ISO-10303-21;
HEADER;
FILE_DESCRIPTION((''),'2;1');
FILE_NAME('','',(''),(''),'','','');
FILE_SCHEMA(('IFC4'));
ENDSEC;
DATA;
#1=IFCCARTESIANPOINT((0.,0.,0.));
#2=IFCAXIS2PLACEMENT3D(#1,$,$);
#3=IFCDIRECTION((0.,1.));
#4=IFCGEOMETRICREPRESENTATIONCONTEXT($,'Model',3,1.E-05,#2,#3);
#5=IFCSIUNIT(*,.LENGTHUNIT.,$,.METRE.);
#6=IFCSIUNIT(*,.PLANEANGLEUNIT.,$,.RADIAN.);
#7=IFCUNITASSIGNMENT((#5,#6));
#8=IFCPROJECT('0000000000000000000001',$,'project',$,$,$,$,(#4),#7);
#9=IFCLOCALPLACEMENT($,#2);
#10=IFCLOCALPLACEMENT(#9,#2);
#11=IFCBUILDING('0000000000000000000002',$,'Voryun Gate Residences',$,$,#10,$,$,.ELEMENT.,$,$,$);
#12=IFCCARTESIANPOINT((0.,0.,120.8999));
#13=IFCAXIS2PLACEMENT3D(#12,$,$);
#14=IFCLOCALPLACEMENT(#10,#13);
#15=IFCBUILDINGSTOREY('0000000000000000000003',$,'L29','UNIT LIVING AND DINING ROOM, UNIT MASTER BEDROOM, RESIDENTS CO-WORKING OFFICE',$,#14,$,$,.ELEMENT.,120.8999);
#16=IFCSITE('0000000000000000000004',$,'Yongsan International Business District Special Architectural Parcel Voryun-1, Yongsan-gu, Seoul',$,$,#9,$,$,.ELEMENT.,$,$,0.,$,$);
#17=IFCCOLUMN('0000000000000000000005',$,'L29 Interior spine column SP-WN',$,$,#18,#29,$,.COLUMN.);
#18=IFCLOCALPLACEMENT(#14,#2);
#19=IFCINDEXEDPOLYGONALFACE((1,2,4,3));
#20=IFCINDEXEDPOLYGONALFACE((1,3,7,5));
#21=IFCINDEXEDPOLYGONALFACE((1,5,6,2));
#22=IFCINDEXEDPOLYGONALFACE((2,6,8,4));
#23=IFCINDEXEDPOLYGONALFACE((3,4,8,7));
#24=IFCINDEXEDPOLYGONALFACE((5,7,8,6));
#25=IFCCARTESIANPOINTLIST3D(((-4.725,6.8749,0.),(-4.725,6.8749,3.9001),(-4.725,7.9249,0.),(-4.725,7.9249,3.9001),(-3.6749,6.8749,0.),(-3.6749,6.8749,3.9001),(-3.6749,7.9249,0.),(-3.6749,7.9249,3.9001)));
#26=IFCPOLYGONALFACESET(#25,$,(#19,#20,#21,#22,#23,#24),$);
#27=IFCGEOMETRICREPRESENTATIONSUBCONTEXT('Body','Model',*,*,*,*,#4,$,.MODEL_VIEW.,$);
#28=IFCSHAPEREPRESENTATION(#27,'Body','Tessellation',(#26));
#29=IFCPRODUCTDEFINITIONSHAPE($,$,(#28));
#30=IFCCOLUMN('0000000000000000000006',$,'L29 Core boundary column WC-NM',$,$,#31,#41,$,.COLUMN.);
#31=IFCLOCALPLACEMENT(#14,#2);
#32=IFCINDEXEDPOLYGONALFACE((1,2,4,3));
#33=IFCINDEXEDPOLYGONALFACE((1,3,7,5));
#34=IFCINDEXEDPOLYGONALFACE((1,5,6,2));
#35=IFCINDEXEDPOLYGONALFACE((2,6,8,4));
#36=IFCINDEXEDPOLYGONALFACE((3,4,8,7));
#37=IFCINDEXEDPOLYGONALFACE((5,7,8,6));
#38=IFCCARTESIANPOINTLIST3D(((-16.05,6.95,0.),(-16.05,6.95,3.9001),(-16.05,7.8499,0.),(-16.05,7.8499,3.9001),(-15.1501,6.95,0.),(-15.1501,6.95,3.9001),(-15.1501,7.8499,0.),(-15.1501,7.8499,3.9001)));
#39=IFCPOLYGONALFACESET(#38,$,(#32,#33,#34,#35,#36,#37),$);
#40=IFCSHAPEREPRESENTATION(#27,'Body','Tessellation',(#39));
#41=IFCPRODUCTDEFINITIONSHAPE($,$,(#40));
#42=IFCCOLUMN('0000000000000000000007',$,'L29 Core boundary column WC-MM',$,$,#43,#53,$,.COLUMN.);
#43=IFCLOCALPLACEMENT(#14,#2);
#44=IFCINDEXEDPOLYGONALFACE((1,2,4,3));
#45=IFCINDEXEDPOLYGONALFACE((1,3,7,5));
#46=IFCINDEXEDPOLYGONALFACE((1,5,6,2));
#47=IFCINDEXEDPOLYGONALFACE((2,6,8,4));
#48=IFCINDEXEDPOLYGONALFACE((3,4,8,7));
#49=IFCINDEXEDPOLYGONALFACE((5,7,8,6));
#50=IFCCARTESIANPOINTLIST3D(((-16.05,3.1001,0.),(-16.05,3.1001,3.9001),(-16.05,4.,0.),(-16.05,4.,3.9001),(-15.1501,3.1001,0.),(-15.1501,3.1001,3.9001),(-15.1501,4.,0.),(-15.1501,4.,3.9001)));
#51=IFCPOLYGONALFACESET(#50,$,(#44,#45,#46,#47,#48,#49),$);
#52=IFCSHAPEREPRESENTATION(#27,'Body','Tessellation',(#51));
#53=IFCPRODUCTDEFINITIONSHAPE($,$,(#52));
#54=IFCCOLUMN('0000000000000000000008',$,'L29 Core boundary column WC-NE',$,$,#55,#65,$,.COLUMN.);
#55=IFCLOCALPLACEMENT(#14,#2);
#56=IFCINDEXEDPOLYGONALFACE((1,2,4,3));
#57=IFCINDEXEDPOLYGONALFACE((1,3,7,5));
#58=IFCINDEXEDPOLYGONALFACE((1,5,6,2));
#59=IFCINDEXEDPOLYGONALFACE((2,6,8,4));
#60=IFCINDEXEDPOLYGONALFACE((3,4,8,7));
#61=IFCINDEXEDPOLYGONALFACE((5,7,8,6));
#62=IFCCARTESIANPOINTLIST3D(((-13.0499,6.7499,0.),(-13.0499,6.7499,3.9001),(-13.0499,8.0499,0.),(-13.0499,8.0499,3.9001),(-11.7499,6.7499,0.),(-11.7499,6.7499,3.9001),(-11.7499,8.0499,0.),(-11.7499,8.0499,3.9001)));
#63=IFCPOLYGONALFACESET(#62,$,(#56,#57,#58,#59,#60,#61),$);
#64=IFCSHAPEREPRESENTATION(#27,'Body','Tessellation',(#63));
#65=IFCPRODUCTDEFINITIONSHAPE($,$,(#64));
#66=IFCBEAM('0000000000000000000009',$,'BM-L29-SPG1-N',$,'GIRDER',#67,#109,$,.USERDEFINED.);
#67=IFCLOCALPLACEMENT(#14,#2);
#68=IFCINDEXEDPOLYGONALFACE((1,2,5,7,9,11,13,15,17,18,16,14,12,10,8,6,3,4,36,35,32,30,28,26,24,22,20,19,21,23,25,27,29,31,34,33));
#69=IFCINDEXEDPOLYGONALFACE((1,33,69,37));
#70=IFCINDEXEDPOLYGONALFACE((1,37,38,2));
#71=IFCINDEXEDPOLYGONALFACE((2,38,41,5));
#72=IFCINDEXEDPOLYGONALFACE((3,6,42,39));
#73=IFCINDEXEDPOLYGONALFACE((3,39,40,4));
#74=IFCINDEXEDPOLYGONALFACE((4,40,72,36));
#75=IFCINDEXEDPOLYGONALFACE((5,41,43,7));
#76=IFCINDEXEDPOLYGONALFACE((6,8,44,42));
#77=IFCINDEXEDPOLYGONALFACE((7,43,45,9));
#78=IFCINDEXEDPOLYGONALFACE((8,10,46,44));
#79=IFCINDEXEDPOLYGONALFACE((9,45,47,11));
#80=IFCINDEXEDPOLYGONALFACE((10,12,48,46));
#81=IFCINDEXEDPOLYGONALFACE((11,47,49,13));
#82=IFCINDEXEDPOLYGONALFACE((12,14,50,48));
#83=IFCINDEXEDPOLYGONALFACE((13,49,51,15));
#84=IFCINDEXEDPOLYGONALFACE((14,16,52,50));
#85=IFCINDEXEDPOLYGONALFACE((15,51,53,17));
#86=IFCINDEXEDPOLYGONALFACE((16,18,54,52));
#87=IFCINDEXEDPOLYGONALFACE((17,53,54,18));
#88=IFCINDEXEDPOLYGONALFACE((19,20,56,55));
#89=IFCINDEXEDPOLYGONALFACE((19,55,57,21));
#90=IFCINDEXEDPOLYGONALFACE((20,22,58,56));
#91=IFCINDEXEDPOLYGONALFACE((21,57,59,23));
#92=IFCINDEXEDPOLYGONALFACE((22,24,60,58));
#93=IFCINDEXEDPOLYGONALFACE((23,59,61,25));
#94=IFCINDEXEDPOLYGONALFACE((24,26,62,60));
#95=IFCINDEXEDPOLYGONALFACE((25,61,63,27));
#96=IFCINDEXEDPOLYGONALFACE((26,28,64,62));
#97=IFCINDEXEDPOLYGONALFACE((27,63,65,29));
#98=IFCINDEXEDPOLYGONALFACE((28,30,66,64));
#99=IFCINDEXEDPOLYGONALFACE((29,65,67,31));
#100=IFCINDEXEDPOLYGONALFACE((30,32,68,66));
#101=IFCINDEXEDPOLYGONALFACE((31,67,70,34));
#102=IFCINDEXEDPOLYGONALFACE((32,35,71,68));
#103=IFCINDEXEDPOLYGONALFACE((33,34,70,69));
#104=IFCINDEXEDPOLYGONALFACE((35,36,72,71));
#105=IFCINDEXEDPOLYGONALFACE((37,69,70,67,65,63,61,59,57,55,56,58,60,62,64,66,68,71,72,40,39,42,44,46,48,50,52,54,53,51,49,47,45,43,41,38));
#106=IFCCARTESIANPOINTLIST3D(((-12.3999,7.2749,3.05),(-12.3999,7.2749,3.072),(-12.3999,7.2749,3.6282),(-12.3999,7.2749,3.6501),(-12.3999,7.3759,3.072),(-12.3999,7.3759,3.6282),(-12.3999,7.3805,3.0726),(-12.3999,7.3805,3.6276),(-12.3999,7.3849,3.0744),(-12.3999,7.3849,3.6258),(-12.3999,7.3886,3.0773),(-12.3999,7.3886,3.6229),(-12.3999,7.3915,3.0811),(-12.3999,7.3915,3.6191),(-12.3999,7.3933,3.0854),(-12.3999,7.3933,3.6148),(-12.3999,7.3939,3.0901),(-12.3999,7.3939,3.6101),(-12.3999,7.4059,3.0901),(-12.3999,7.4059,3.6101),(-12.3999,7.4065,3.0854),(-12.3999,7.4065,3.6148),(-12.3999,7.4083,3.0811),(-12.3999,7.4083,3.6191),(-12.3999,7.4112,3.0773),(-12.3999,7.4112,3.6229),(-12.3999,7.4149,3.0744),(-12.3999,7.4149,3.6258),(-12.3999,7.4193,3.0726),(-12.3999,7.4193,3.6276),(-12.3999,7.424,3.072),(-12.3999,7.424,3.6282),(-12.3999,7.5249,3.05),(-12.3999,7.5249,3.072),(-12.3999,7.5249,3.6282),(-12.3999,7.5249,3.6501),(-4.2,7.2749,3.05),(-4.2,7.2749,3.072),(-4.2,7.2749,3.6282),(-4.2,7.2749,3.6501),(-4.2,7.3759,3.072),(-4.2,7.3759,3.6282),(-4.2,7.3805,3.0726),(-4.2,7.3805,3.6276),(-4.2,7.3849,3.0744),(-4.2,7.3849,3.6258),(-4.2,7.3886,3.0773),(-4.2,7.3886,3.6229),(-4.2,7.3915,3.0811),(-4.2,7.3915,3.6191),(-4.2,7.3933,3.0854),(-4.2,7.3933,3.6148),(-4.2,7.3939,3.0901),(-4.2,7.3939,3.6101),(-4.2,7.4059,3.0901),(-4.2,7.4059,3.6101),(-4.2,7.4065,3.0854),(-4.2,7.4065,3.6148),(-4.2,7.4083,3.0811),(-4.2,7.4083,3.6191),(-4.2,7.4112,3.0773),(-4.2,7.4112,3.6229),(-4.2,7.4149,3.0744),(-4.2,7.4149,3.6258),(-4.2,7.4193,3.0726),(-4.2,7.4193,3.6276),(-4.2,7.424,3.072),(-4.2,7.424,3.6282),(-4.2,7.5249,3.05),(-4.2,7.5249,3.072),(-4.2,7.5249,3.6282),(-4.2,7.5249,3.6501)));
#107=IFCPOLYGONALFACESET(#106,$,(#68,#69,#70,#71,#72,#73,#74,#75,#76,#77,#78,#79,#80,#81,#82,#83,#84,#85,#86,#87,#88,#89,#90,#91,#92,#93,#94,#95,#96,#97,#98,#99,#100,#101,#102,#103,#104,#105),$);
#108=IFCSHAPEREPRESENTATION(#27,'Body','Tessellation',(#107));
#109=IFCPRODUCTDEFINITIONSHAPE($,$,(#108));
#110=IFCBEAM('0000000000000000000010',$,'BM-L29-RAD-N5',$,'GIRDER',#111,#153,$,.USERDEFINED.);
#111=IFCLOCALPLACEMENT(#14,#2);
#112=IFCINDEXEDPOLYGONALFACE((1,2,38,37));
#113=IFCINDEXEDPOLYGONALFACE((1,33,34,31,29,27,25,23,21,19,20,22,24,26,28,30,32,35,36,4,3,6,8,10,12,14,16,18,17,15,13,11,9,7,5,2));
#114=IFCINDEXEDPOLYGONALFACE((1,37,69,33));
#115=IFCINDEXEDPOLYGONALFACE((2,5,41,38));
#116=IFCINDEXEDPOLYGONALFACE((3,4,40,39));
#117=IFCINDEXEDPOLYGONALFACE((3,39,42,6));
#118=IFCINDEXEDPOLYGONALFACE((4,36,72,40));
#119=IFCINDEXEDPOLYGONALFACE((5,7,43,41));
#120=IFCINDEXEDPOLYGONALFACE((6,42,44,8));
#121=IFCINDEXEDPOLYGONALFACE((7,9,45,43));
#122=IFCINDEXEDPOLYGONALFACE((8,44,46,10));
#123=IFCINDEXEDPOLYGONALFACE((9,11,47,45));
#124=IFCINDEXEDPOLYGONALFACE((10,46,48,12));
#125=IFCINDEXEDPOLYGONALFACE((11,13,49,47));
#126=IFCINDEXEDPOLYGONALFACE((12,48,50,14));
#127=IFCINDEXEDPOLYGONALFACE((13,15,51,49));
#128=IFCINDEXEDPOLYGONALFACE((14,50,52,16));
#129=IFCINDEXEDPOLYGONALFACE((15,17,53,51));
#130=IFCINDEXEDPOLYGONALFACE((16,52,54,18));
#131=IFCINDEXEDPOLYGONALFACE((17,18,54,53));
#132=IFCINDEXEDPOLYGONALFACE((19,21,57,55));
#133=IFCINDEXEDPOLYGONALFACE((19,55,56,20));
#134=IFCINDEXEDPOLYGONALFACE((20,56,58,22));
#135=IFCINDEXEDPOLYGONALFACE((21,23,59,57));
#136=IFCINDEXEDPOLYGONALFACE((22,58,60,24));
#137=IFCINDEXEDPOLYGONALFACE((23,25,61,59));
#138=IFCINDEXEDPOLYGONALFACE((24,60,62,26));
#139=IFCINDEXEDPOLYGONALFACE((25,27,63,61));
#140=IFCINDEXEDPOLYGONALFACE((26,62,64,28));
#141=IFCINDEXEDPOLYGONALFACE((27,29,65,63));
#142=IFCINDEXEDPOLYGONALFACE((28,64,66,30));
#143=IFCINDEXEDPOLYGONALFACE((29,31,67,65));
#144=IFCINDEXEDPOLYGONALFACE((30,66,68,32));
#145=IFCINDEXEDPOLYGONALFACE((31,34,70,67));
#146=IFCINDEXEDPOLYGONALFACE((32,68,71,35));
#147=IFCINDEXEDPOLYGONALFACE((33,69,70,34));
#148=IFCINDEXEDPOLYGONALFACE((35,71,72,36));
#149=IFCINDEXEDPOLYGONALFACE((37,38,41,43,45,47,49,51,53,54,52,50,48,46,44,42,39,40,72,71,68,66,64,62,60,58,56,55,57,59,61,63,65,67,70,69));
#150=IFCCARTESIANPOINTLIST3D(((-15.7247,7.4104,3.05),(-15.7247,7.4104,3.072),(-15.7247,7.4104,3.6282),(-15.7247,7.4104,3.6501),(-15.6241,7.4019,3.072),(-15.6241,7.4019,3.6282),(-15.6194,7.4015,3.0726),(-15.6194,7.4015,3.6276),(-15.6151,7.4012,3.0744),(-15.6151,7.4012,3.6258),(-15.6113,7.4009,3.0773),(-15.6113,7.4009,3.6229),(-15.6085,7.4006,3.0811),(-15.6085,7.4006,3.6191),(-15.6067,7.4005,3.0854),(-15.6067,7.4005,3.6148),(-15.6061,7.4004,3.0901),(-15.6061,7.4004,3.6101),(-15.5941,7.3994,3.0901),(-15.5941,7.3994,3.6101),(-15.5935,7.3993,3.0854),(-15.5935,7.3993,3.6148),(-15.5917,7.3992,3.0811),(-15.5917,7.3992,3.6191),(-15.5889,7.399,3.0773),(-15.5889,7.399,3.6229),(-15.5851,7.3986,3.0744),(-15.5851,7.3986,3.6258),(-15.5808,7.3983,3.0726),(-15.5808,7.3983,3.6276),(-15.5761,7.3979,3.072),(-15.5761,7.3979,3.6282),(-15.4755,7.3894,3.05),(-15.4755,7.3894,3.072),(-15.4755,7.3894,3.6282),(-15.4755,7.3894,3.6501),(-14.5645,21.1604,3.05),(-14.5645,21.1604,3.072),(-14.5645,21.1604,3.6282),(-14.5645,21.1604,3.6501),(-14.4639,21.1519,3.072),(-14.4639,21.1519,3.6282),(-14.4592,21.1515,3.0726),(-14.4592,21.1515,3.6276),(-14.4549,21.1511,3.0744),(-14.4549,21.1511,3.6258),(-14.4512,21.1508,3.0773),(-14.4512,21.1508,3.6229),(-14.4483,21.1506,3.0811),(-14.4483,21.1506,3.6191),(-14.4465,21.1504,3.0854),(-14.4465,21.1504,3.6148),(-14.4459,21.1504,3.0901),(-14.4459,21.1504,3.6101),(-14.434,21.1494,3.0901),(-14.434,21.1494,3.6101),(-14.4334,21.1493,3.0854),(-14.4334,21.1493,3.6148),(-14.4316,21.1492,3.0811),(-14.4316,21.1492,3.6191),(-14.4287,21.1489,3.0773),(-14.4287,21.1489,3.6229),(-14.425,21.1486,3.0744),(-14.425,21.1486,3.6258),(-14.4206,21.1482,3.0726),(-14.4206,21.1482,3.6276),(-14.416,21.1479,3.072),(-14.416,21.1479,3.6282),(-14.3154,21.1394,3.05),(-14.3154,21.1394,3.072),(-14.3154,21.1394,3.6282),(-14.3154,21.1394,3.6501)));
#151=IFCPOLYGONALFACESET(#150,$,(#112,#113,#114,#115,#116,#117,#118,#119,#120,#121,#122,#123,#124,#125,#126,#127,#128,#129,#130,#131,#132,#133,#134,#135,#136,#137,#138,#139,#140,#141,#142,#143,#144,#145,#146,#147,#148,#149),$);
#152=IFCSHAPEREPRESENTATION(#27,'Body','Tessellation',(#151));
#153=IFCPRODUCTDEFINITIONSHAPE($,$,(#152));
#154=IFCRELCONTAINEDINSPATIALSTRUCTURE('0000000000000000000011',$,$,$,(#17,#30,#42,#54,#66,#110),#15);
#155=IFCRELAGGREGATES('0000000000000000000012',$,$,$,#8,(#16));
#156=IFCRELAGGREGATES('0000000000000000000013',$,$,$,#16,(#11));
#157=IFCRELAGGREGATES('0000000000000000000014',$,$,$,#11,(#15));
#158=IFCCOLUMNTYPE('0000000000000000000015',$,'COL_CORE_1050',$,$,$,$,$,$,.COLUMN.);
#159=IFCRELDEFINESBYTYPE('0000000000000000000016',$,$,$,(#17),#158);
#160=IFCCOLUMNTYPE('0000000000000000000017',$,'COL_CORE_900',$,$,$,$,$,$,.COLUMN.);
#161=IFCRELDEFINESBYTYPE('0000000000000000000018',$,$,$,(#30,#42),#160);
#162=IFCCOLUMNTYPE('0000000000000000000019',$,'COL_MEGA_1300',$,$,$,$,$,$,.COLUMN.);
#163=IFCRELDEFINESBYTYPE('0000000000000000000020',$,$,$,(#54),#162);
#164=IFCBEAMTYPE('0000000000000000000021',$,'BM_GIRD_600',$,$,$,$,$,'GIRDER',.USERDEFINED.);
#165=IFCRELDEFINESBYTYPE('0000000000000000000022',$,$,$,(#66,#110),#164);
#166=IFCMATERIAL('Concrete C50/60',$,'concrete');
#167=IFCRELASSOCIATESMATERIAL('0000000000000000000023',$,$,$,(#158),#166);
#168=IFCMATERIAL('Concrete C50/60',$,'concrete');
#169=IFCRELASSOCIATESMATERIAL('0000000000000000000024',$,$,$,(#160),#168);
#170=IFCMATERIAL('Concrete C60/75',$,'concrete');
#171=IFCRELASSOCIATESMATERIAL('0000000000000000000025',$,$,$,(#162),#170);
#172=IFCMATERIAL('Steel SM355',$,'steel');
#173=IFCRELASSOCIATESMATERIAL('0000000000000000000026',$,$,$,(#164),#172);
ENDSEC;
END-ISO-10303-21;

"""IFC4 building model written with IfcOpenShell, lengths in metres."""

from ifc_helpers import new_model, si_unit, direction, frame, origin, origin_2d, place, context, subcontext, project, spatial, rectangle, i_section, extrude, material, material_profile, profile_set, type_object, element, save


model = new_model("IFC4")

# Units and contexts
model_context = context("Model", 3, precision=1e-05, world=origin(), true_north=direction((0.0, 1.0)))
body_context = subcontext(model_context, "Body", "Model", "MODEL_VIEW")
ifc_project = project(units=[si_unit("LENGTHUNIT", "METRE"), si_unit("PLANEANGLEUNIT", "RADIAN")], contexts=[model_context])

# Site, building, storey
site_placement = place(None, origin())
site = spatial("IfcSite", under=ifc_project, at=site_placement, Name="Yongsan International Business District Special Architectural Parcel Voryun-1, Yongsan-gu, Seoul", CompositionType="ELEMENT", RefElevation=0.0)
building_placement = place(site_placement, origin())
building = spatial("IfcBuilding", under=site, at=building_placement, Name="Voryun Gate Residences", CompositionType="ELEMENT")
storey_placement = place(building_placement, frame((0.0, 0.0, 120.8999)))
storey = spatial("IfcBuildingStorey", under=building, at=storey_placement, Name="L29", Description="UNIT LIVING AND DINING ROOM, UNIT MASTER BEDROOM, RESIDENTS CO-WORKING OFFICE", CompositionType="ELEMENT", Elevation=120.8999)

# Columns
ifc_material_1 = material(Name="Concrete C50/60", Category="concrete")
ifc_material_profile_1 = material_profile(ifc_material_1, rectangle(XDim=1.05, YDim=1.05, at=origin_2d()), Name="RC-1050x1050")
ifc_profile_set_1 = profile_set([ifc_material_profile_1], Name="Concrete C50/60")
column_type_1 = type_object("IfcColumnType", Name="COL_CORE_1050", PredefinedType="COLUMN", material=ifc_profile_set_1)
column_1_placement = place(storey_placement, frame((-4.2, 7.3999, 0.0), z_axis=(0.0, 0.0, 1.0), x_axis=(1.0, 0.0, 0.0)))
element("IfcColumn", 1, at=column_1_placement, inside=storey, type_object=column_type_1, Name="L29 Interior spine column SP-WN", PredefinedType="COLUMN", context=body_context, shape_type="SweptSolid", body=[
    extrude(rectangle(XDim=1.05, YDim=1.05, at=origin_2d()), origin(), (0.0, 0.0, 1.0), 3.9001),
])
ifc_material_2 = material(Name="Concrete C50/60", Category="concrete")
ifc_material_profile_2 = material_profile(ifc_material_2, rectangle(XDim=0.8999, YDim=0.8999, at=origin_2d()), Name="RC-900x900")
ifc_profile_set_2 = profile_set([ifc_material_profile_2], Name="Concrete C50/60")
column_type_2 = type_object("IfcColumnType", Name="COL_CORE_900", PredefinedType="COLUMN", material=ifc_profile_set_2)
for number, where, z_axis, x_axis, name in (
    (2, (-15.6001, 7.3999, 0.0), (0.0, 0.0, 1.0), (1.0, 0.0, 0.0), "L29 Core boundary column WC-NM"),
    (3, (-15.6001, 3.55, 0.0), (0.0, 0.0, 1.0), (1.0, 0.0, 0.0), "L29 Core boundary column WC-MM"),
):
    element("IfcColumn", number, at=place(storey_placement, frame(where, z_axis=z_axis, x_axis=x_axis)), inside=storey, type_object=column_type_2, Name=name, PredefinedType="COLUMN", context=body_context, shape_type="SweptSolid", body=[
        extrude(rectangle(XDim=0.8999, YDim=0.8999, at=origin_2d()), origin(), (0.0, 0.0, 1.0), 3.9001),
    ])
ifc_material_3 = material(Name="Concrete C60/75", Category="concrete")
ifc_material_profile_3 = material_profile(ifc_material_3, rectangle(XDim=1.3, YDim=1.3, at=origin_2d()), Name="RC-1300x1300")
ifc_profile_set_3 = profile_set([ifc_material_profile_3], Name="Concrete C60/75")
column_type_3 = type_object("IfcColumnType", Name="COL_MEGA_1300", PredefinedType="COLUMN", material=ifc_profile_set_3)
column_2_placement = place(storey_placement, frame((-12.3999, 7.3999, 0.0), z_axis=(0.0, 0.0, 1.0), x_axis=(1.0, 0.0, 0.0)))
element("IfcColumn", 4, at=column_2_placement, inside=storey, type_object=column_type_3, Name="L29 Core boundary column WC-NE", PredefinedType="COLUMN", context=body_context, shape_type="SweptSolid", body=[
    extrude(rectangle(XDim=1.3, YDim=1.3, at=origin_2d()), origin(), (0.0, 0.0, 1.0), 3.9001),
])

# Beams
ifc_material_4 = material(Name="Steel SM355", Category="steel")
ifc_material_profile_4 = material_profile(ifc_material_4, i_section(OverallWidth=0.25, OverallDepth=0.6001, WebThickness=0.012, FlangeThickness=0.022, FilletRadius=0.0181, at=origin_2d()), Name="H-600x250x12x22")
ifc_profile_set_4 = profile_set([ifc_material_profile_4], Name="Steel SM355")
beam_type_1 = type_object("IfcBeamType", Name="BM_GIRD_600", ElementType="GIRDER", PredefinedType="USERDEFINED", material=ifc_profile_set_4)
beam_1_placement = place(storey_placement, frame((-12.3999, 7.3999, 3.3501), z_axis=(1.0, 0.0, 0.0), x_axis=(0.0, 1.0, 0.0)))
element("IfcBeam", 5, at=beam_1_placement, inside=storey, type_object=beam_type_1, Name="BM-L29-SPG1-N", ObjectType="GIRDER", PredefinedType="USERDEFINED", context=body_context, shape_type="SweptSolid", body=[
    extrude(i_section(OverallWidth=0.25, OverallDepth=0.6001, WebThickness=0.012, FlangeThickness=0.022, FilletRadius=0.0181, at=origin_2d()), origin(), (0.0, 0.0, 1.0), 8.2),
])
beam_2_placement = place(storey_placement, frame((-15.6001, 7.3999, 3.3501), z_axis=(0.084076, 0.996459, 0.0), x_axis=(-0.996459, 0.084076, 0.0)))
element("IfcBeam", 6, at=beam_2_placement, inside=storey, type_object=beam_type_1, Name="BM-L29-RAD-N5", ObjectType="GIRDER", PredefinedType="USERDEFINED", context=body_context, shape_type="SweptSolid", body=[
    extrude(i_section(OverallWidth=0.25, OverallDepth=0.6001, WebThickness=0.012, FlangeThickness=0.022, FilletRadius=0.0181, at=origin_2d()), origin(), (0.0, 0.0, 1.0), 13.7988),
])

save(model, "model.ifc")
